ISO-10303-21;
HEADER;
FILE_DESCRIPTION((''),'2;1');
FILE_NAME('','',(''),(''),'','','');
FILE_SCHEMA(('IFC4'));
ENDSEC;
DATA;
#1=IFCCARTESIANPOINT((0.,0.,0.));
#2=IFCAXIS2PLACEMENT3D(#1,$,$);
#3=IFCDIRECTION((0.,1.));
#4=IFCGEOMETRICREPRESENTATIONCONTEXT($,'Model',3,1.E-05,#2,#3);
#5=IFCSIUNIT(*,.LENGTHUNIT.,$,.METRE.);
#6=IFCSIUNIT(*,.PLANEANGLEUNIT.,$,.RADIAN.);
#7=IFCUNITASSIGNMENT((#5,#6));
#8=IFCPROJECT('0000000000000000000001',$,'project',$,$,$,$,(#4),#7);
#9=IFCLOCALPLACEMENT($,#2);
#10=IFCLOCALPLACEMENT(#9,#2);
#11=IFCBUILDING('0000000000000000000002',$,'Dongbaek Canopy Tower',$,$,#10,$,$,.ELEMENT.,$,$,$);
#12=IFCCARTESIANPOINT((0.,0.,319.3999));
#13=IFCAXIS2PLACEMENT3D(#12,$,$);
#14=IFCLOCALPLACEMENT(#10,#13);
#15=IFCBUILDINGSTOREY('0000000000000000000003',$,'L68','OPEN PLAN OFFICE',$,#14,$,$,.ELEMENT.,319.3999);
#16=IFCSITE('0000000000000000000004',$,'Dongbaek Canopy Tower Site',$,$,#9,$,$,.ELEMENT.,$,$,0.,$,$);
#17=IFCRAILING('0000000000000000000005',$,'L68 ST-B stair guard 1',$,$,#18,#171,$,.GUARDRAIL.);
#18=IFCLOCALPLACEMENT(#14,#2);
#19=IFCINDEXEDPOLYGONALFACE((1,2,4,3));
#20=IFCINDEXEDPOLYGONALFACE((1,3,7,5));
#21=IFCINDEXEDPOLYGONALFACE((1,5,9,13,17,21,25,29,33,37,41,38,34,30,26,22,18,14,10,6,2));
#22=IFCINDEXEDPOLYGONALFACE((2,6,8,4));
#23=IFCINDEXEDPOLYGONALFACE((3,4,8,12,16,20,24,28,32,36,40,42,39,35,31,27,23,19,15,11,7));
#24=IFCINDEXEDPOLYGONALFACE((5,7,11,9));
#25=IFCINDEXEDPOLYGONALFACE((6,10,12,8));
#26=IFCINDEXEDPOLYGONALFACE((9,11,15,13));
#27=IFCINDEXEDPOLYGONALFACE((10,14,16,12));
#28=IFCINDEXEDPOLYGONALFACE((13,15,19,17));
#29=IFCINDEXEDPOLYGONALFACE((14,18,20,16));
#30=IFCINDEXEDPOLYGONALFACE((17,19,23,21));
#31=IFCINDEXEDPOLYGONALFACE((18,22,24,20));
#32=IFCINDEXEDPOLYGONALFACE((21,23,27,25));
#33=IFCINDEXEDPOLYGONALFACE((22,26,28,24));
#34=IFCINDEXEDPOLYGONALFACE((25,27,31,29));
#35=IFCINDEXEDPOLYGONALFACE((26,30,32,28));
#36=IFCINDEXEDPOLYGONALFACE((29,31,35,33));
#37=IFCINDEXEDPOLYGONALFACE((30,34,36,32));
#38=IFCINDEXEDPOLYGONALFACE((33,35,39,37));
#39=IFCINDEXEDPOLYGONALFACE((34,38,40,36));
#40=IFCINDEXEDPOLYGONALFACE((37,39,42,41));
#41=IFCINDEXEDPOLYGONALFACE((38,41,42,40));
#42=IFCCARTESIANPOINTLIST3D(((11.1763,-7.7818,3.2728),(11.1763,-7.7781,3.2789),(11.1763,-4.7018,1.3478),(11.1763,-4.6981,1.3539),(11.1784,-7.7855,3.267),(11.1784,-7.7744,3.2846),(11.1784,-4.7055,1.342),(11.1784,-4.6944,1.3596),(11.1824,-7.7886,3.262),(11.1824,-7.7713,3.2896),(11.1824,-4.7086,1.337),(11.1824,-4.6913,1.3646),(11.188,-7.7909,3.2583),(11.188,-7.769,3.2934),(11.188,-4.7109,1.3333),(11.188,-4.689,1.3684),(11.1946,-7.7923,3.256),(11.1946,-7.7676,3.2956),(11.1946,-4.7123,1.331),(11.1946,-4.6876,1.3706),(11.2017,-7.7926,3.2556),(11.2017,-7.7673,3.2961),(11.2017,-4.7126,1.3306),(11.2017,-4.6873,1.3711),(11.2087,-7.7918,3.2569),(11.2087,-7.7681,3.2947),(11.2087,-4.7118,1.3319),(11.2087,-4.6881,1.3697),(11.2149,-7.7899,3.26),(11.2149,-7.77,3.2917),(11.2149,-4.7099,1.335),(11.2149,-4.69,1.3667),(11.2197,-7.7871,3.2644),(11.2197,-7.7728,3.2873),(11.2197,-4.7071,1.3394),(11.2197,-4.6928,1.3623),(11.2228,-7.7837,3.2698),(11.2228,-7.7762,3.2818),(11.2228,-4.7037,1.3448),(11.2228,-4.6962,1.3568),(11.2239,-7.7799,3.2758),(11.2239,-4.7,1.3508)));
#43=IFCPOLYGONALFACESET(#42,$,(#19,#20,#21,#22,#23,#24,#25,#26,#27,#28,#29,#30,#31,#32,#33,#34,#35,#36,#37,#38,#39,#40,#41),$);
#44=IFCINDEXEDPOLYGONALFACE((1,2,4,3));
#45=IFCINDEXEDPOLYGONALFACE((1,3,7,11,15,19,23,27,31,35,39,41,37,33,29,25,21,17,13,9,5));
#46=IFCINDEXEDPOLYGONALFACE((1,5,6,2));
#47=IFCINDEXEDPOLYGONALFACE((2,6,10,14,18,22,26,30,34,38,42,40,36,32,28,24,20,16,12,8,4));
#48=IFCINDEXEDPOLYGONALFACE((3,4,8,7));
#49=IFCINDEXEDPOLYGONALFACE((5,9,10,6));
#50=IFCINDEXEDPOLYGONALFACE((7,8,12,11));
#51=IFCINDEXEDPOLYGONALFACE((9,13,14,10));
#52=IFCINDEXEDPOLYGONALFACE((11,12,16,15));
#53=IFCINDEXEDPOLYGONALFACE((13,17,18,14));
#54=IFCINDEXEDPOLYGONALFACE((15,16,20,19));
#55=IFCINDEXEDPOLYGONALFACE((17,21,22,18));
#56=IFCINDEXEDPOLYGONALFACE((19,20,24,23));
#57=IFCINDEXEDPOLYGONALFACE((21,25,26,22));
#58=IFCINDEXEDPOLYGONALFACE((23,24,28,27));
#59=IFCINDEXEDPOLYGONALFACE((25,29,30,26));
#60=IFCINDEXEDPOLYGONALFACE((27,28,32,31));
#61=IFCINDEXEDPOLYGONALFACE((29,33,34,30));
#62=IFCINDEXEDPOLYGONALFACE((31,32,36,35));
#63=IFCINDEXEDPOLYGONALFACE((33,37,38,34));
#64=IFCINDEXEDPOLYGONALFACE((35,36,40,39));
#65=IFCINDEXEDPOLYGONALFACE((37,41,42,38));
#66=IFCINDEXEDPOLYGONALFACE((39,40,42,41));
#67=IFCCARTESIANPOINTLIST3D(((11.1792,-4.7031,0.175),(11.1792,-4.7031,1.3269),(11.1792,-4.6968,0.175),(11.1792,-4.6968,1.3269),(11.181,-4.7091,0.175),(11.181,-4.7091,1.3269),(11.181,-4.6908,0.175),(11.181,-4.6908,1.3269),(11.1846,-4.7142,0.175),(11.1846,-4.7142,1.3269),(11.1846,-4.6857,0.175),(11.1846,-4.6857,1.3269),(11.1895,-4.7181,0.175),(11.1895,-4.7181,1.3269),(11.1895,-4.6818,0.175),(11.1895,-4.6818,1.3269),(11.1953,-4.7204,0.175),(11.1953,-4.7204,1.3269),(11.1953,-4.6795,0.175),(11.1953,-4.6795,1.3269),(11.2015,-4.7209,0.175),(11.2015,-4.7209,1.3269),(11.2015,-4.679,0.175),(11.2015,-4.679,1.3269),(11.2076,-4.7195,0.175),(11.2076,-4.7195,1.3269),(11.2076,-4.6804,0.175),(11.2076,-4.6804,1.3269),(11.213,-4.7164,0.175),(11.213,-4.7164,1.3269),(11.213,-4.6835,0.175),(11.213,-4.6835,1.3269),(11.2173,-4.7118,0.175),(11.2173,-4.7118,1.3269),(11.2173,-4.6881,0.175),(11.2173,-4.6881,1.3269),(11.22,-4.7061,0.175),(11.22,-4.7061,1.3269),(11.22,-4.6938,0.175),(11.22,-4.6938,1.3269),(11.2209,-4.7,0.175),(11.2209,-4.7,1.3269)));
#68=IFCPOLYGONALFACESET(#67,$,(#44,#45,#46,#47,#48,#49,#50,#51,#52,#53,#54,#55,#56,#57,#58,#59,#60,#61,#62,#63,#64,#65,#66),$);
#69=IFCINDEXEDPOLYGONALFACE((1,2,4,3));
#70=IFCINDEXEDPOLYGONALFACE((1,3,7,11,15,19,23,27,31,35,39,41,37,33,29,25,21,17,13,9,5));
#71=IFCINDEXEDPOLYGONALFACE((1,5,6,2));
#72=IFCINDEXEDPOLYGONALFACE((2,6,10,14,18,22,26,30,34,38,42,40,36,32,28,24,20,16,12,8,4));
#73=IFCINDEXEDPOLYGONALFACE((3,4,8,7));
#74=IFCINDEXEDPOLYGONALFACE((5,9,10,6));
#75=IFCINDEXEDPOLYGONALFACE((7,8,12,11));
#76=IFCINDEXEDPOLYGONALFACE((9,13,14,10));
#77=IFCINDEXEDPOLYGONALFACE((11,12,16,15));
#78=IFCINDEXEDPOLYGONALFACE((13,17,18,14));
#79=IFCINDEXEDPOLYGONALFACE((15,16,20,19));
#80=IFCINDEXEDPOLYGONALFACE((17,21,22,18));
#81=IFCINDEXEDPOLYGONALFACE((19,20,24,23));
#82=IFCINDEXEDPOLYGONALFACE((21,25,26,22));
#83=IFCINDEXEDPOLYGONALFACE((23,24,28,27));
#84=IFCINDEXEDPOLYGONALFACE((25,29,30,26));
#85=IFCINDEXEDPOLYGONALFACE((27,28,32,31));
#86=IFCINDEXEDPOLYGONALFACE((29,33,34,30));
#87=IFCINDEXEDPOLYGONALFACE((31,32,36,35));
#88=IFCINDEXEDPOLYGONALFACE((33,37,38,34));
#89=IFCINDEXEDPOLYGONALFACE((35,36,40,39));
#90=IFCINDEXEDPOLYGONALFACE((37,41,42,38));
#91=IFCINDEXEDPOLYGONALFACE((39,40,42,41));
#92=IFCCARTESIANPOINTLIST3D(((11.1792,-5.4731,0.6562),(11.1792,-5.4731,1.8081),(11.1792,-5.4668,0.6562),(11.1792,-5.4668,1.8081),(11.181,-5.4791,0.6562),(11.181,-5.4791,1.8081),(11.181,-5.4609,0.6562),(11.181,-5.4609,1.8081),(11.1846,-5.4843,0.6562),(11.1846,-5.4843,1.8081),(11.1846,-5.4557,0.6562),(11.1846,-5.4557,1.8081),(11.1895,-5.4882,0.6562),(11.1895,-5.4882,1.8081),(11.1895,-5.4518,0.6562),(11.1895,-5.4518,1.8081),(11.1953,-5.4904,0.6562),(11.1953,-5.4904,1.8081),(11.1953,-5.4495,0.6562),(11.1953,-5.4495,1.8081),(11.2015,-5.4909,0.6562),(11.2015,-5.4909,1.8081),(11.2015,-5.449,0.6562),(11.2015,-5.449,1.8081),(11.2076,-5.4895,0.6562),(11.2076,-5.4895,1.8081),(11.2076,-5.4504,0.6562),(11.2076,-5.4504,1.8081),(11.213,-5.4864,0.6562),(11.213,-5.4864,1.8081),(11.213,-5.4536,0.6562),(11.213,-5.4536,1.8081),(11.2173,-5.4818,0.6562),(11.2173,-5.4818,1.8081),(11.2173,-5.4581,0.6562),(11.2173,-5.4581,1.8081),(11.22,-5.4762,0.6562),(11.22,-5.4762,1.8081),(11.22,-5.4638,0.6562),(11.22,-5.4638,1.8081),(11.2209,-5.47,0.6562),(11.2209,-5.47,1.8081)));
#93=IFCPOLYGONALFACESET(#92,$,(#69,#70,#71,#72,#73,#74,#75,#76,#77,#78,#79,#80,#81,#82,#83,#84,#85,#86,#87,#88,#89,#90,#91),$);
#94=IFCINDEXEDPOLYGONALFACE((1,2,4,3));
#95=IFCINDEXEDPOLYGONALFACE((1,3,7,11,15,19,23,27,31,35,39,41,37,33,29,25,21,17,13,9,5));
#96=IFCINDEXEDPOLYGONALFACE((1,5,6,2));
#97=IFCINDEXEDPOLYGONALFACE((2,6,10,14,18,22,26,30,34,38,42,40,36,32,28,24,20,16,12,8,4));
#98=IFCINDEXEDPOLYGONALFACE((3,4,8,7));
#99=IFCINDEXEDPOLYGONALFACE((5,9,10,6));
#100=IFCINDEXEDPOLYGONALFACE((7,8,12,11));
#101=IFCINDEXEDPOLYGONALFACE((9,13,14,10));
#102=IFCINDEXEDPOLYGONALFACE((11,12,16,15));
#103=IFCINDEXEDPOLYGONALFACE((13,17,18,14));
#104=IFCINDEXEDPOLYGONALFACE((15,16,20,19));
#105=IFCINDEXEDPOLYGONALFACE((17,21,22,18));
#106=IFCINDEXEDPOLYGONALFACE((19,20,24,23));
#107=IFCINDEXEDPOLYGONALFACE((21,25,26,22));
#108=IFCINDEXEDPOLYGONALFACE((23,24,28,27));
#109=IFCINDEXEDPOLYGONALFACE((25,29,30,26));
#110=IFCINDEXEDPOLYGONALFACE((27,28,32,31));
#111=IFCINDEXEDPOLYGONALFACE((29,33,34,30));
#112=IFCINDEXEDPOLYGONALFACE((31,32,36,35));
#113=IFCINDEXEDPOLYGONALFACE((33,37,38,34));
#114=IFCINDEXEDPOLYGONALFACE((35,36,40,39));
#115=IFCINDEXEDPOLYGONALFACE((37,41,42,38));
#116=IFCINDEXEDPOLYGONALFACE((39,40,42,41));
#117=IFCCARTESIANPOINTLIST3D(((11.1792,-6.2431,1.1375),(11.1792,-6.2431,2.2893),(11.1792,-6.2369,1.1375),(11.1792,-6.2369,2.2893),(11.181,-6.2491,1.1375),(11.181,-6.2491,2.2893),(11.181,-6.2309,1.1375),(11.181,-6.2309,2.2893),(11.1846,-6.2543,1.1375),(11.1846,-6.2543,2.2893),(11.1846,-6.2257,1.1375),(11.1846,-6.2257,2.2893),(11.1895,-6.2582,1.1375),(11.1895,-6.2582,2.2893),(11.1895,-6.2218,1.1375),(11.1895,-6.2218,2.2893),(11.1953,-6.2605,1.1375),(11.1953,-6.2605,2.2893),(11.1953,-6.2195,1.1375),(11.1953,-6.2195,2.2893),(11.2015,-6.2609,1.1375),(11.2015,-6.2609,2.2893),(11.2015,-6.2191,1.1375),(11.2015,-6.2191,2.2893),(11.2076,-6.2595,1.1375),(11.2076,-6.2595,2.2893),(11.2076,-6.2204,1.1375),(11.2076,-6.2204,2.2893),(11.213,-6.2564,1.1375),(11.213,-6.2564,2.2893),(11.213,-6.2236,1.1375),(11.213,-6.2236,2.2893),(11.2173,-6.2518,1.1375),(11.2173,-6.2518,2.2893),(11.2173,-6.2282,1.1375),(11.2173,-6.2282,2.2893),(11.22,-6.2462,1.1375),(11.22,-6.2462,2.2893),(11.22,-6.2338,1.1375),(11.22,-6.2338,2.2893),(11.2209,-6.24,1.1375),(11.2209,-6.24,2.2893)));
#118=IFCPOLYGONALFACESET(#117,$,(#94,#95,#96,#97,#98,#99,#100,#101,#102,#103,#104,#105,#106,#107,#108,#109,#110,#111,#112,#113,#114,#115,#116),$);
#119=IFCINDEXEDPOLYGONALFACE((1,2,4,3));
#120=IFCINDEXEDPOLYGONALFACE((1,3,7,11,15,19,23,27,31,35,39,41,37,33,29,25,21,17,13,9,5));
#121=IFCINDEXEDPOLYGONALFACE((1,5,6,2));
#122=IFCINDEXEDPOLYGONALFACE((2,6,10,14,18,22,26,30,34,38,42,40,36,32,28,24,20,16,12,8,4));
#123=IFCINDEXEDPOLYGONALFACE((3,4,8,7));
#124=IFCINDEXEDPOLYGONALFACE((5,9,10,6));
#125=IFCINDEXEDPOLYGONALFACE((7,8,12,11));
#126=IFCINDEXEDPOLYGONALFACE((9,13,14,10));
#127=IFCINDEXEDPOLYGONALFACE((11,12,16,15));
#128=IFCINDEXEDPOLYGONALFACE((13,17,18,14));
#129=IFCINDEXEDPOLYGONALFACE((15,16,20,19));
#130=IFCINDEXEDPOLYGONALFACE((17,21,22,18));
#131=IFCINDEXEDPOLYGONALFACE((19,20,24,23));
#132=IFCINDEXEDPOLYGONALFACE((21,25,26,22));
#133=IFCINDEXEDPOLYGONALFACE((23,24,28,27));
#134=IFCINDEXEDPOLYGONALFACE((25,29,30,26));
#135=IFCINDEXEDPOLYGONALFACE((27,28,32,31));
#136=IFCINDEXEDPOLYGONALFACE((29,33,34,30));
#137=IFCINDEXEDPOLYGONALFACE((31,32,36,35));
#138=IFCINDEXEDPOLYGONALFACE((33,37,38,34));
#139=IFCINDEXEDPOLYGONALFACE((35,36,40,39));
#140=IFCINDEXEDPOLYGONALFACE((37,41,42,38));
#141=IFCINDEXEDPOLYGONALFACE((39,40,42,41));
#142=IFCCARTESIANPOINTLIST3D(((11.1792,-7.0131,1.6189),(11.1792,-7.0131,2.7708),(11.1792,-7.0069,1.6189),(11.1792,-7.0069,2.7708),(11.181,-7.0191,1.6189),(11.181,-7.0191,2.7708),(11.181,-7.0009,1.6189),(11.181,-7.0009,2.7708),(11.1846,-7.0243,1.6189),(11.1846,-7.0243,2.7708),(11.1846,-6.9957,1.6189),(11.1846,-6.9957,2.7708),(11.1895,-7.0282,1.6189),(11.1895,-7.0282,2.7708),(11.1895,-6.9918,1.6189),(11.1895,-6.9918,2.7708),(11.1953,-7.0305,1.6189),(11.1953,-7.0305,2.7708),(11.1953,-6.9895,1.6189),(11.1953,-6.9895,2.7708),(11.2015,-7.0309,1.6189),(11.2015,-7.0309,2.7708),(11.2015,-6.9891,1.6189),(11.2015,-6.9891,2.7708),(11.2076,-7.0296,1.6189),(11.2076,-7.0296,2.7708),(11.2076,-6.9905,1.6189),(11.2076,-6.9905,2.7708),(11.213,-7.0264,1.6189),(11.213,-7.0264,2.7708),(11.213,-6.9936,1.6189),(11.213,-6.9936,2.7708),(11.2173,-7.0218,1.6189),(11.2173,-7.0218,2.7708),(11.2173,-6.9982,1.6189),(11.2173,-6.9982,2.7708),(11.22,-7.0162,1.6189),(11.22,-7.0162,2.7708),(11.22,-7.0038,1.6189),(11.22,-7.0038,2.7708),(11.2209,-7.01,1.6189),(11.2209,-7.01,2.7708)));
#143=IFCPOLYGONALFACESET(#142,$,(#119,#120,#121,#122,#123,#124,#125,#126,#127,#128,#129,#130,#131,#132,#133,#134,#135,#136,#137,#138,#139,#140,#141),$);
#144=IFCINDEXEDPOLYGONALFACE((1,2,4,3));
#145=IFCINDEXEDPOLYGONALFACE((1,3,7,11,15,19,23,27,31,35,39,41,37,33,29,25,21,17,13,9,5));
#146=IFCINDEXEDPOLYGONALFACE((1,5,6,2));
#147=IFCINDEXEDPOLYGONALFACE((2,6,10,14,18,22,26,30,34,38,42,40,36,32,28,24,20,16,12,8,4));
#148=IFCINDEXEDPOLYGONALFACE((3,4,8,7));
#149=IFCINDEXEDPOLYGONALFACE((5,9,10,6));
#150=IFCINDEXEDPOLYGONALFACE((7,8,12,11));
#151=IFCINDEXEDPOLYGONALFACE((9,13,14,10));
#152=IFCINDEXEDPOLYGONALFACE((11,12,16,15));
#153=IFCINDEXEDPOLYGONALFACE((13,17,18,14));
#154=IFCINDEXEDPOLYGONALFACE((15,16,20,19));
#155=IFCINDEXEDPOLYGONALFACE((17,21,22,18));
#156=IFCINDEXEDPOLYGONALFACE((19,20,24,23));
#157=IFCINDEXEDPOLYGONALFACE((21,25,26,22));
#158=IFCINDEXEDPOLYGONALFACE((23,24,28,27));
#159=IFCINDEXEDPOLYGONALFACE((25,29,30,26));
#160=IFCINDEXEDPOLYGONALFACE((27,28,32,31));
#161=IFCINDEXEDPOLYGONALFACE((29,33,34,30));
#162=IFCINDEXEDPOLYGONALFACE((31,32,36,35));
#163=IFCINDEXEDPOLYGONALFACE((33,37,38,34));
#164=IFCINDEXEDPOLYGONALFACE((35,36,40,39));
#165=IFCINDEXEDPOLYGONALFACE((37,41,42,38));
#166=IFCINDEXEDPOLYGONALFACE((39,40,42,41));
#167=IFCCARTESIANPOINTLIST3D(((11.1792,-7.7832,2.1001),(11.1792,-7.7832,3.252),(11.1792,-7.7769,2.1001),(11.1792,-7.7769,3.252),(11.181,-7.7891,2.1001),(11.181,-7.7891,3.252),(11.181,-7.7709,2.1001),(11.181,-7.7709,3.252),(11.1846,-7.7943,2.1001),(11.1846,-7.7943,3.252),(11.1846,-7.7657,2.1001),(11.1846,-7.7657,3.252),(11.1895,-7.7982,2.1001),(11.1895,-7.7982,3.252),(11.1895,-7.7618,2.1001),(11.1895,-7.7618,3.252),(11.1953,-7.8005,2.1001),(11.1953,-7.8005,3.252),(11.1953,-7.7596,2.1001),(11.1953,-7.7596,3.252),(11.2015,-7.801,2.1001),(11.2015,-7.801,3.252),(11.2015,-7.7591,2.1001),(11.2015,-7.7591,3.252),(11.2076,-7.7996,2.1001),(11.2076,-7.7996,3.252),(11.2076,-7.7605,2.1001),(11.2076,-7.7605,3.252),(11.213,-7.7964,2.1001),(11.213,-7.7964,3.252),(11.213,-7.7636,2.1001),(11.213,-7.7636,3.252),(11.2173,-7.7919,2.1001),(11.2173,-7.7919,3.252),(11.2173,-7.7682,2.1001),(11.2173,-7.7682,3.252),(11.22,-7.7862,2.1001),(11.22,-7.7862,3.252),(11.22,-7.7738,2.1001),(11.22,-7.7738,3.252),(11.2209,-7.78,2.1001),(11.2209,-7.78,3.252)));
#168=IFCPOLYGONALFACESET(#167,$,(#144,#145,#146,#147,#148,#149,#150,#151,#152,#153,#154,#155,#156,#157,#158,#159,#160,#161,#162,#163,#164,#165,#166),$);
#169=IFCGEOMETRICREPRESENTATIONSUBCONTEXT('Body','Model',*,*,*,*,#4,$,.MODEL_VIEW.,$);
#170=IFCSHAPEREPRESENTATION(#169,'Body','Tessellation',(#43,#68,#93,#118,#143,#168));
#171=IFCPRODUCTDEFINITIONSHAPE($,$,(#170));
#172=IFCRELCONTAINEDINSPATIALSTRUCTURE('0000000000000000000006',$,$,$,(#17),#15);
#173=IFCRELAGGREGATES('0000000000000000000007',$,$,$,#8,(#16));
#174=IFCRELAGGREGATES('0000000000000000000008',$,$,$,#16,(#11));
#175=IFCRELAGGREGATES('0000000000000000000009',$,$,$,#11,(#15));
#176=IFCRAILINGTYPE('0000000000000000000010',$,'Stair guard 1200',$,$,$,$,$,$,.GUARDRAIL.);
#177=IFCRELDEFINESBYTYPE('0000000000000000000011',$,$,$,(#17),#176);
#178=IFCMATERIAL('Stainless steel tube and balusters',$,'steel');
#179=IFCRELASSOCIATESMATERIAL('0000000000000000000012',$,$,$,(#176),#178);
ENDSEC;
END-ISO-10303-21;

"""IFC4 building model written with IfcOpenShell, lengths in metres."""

from ifc_helpers import new_model, si_unit, direction, frame, origin, origin_2d, place, context, subcontext, project, spatial, circle, extrude, material, type_object, element, save


model = new_model("IFC4")

# Units and contexts
model_context = context("Model", 3, precision=1e-05, world=origin(), true_north=direction((0.0, 1.0)))
body_context = subcontext(model_context, "Body", "Model", "MODEL_VIEW")
ifc_project = project(units=[si_unit("LENGTHUNIT", "METRE"), si_unit("PLANEANGLEUNIT", "RADIAN")], contexts=[model_context])

# Site, building, storey
site_placement = place(None, origin())
site = spatial("IfcSite", under=ifc_project, at=site_placement, Name="Dongbaek Canopy Tower Site", CompositionType="ELEMENT", RefElevation=0.0)
building_placement = place(site_placement, origin())
building = spatial("IfcBuilding", under=site, at=building_placement, Name="Dongbaek Canopy Tower", CompositionType="ELEMENT")
storey_placement = place(building_placement, frame((0.0, 0.0, 319.3999)))
storey = spatial("IfcBuildingStorey", under=building, at=storey_placement, Name="L68", Description="OPEN PLAN OFFICE", CompositionType="ELEMENT", Elevation=319.3999)

# Railing
ifc_material_1 = material(Name="Stainless steel tube and balusters", Category="steel")
railing_type_1 = type_object("IfcRailingType", Name="Stair guard 1200", PredefinedType="GUARDRAIL", material=ifc_material_1)
railing_1_placement = place(storey_placement, frame((11.2, -4.7, 0.175)))
element("IfcRailing", 1, at=railing_1_placement, inside=storey, type_object=railing_type_1, Name="L68 ST-B stair guard 1", PredefinedType="GUARDRAIL", context=body_context, shape_type="SweptSolid", body=[
    extrude(circle(Radius=0.0239, at=origin_2d()), frame((0.0, 0.0, 1.1758), z_axis=(0.0, -0.847998, 0.529999), x_axis=(1.0, 0.0, 0.0)), (0.0, 0.0, 1.0), 3.6321),
    extrude(circle(Radius=0.021, at=origin_2d()), origin(), (0.0, 0.0, 1.0), 1.1519),
    extrude(circle(Radius=0.021, at=origin_2d()), frame((0.0, -0.77, 0.4812)), (0.0, 0.0, 1.0), 1.1519),
    extrude(circle(Radius=0.021, at=origin_2d()), frame((0.0, -1.54, 0.9624)), (0.0, 0.0, 1.0), 1.1519),
    extrude(circle(Radius=0.021, at=origin_2d()), frame((0.0, -2.3101, 1.4438)), (0.0, 0.0, 1.0), 1.1519),
    extrude(circle(Radius=0.021, at=origin_2d()), frame((0.0, -3.0801, 1.925)), (0.0, 0.0, 1.0), 1.1519),
])

save(model, "model.ifc")
